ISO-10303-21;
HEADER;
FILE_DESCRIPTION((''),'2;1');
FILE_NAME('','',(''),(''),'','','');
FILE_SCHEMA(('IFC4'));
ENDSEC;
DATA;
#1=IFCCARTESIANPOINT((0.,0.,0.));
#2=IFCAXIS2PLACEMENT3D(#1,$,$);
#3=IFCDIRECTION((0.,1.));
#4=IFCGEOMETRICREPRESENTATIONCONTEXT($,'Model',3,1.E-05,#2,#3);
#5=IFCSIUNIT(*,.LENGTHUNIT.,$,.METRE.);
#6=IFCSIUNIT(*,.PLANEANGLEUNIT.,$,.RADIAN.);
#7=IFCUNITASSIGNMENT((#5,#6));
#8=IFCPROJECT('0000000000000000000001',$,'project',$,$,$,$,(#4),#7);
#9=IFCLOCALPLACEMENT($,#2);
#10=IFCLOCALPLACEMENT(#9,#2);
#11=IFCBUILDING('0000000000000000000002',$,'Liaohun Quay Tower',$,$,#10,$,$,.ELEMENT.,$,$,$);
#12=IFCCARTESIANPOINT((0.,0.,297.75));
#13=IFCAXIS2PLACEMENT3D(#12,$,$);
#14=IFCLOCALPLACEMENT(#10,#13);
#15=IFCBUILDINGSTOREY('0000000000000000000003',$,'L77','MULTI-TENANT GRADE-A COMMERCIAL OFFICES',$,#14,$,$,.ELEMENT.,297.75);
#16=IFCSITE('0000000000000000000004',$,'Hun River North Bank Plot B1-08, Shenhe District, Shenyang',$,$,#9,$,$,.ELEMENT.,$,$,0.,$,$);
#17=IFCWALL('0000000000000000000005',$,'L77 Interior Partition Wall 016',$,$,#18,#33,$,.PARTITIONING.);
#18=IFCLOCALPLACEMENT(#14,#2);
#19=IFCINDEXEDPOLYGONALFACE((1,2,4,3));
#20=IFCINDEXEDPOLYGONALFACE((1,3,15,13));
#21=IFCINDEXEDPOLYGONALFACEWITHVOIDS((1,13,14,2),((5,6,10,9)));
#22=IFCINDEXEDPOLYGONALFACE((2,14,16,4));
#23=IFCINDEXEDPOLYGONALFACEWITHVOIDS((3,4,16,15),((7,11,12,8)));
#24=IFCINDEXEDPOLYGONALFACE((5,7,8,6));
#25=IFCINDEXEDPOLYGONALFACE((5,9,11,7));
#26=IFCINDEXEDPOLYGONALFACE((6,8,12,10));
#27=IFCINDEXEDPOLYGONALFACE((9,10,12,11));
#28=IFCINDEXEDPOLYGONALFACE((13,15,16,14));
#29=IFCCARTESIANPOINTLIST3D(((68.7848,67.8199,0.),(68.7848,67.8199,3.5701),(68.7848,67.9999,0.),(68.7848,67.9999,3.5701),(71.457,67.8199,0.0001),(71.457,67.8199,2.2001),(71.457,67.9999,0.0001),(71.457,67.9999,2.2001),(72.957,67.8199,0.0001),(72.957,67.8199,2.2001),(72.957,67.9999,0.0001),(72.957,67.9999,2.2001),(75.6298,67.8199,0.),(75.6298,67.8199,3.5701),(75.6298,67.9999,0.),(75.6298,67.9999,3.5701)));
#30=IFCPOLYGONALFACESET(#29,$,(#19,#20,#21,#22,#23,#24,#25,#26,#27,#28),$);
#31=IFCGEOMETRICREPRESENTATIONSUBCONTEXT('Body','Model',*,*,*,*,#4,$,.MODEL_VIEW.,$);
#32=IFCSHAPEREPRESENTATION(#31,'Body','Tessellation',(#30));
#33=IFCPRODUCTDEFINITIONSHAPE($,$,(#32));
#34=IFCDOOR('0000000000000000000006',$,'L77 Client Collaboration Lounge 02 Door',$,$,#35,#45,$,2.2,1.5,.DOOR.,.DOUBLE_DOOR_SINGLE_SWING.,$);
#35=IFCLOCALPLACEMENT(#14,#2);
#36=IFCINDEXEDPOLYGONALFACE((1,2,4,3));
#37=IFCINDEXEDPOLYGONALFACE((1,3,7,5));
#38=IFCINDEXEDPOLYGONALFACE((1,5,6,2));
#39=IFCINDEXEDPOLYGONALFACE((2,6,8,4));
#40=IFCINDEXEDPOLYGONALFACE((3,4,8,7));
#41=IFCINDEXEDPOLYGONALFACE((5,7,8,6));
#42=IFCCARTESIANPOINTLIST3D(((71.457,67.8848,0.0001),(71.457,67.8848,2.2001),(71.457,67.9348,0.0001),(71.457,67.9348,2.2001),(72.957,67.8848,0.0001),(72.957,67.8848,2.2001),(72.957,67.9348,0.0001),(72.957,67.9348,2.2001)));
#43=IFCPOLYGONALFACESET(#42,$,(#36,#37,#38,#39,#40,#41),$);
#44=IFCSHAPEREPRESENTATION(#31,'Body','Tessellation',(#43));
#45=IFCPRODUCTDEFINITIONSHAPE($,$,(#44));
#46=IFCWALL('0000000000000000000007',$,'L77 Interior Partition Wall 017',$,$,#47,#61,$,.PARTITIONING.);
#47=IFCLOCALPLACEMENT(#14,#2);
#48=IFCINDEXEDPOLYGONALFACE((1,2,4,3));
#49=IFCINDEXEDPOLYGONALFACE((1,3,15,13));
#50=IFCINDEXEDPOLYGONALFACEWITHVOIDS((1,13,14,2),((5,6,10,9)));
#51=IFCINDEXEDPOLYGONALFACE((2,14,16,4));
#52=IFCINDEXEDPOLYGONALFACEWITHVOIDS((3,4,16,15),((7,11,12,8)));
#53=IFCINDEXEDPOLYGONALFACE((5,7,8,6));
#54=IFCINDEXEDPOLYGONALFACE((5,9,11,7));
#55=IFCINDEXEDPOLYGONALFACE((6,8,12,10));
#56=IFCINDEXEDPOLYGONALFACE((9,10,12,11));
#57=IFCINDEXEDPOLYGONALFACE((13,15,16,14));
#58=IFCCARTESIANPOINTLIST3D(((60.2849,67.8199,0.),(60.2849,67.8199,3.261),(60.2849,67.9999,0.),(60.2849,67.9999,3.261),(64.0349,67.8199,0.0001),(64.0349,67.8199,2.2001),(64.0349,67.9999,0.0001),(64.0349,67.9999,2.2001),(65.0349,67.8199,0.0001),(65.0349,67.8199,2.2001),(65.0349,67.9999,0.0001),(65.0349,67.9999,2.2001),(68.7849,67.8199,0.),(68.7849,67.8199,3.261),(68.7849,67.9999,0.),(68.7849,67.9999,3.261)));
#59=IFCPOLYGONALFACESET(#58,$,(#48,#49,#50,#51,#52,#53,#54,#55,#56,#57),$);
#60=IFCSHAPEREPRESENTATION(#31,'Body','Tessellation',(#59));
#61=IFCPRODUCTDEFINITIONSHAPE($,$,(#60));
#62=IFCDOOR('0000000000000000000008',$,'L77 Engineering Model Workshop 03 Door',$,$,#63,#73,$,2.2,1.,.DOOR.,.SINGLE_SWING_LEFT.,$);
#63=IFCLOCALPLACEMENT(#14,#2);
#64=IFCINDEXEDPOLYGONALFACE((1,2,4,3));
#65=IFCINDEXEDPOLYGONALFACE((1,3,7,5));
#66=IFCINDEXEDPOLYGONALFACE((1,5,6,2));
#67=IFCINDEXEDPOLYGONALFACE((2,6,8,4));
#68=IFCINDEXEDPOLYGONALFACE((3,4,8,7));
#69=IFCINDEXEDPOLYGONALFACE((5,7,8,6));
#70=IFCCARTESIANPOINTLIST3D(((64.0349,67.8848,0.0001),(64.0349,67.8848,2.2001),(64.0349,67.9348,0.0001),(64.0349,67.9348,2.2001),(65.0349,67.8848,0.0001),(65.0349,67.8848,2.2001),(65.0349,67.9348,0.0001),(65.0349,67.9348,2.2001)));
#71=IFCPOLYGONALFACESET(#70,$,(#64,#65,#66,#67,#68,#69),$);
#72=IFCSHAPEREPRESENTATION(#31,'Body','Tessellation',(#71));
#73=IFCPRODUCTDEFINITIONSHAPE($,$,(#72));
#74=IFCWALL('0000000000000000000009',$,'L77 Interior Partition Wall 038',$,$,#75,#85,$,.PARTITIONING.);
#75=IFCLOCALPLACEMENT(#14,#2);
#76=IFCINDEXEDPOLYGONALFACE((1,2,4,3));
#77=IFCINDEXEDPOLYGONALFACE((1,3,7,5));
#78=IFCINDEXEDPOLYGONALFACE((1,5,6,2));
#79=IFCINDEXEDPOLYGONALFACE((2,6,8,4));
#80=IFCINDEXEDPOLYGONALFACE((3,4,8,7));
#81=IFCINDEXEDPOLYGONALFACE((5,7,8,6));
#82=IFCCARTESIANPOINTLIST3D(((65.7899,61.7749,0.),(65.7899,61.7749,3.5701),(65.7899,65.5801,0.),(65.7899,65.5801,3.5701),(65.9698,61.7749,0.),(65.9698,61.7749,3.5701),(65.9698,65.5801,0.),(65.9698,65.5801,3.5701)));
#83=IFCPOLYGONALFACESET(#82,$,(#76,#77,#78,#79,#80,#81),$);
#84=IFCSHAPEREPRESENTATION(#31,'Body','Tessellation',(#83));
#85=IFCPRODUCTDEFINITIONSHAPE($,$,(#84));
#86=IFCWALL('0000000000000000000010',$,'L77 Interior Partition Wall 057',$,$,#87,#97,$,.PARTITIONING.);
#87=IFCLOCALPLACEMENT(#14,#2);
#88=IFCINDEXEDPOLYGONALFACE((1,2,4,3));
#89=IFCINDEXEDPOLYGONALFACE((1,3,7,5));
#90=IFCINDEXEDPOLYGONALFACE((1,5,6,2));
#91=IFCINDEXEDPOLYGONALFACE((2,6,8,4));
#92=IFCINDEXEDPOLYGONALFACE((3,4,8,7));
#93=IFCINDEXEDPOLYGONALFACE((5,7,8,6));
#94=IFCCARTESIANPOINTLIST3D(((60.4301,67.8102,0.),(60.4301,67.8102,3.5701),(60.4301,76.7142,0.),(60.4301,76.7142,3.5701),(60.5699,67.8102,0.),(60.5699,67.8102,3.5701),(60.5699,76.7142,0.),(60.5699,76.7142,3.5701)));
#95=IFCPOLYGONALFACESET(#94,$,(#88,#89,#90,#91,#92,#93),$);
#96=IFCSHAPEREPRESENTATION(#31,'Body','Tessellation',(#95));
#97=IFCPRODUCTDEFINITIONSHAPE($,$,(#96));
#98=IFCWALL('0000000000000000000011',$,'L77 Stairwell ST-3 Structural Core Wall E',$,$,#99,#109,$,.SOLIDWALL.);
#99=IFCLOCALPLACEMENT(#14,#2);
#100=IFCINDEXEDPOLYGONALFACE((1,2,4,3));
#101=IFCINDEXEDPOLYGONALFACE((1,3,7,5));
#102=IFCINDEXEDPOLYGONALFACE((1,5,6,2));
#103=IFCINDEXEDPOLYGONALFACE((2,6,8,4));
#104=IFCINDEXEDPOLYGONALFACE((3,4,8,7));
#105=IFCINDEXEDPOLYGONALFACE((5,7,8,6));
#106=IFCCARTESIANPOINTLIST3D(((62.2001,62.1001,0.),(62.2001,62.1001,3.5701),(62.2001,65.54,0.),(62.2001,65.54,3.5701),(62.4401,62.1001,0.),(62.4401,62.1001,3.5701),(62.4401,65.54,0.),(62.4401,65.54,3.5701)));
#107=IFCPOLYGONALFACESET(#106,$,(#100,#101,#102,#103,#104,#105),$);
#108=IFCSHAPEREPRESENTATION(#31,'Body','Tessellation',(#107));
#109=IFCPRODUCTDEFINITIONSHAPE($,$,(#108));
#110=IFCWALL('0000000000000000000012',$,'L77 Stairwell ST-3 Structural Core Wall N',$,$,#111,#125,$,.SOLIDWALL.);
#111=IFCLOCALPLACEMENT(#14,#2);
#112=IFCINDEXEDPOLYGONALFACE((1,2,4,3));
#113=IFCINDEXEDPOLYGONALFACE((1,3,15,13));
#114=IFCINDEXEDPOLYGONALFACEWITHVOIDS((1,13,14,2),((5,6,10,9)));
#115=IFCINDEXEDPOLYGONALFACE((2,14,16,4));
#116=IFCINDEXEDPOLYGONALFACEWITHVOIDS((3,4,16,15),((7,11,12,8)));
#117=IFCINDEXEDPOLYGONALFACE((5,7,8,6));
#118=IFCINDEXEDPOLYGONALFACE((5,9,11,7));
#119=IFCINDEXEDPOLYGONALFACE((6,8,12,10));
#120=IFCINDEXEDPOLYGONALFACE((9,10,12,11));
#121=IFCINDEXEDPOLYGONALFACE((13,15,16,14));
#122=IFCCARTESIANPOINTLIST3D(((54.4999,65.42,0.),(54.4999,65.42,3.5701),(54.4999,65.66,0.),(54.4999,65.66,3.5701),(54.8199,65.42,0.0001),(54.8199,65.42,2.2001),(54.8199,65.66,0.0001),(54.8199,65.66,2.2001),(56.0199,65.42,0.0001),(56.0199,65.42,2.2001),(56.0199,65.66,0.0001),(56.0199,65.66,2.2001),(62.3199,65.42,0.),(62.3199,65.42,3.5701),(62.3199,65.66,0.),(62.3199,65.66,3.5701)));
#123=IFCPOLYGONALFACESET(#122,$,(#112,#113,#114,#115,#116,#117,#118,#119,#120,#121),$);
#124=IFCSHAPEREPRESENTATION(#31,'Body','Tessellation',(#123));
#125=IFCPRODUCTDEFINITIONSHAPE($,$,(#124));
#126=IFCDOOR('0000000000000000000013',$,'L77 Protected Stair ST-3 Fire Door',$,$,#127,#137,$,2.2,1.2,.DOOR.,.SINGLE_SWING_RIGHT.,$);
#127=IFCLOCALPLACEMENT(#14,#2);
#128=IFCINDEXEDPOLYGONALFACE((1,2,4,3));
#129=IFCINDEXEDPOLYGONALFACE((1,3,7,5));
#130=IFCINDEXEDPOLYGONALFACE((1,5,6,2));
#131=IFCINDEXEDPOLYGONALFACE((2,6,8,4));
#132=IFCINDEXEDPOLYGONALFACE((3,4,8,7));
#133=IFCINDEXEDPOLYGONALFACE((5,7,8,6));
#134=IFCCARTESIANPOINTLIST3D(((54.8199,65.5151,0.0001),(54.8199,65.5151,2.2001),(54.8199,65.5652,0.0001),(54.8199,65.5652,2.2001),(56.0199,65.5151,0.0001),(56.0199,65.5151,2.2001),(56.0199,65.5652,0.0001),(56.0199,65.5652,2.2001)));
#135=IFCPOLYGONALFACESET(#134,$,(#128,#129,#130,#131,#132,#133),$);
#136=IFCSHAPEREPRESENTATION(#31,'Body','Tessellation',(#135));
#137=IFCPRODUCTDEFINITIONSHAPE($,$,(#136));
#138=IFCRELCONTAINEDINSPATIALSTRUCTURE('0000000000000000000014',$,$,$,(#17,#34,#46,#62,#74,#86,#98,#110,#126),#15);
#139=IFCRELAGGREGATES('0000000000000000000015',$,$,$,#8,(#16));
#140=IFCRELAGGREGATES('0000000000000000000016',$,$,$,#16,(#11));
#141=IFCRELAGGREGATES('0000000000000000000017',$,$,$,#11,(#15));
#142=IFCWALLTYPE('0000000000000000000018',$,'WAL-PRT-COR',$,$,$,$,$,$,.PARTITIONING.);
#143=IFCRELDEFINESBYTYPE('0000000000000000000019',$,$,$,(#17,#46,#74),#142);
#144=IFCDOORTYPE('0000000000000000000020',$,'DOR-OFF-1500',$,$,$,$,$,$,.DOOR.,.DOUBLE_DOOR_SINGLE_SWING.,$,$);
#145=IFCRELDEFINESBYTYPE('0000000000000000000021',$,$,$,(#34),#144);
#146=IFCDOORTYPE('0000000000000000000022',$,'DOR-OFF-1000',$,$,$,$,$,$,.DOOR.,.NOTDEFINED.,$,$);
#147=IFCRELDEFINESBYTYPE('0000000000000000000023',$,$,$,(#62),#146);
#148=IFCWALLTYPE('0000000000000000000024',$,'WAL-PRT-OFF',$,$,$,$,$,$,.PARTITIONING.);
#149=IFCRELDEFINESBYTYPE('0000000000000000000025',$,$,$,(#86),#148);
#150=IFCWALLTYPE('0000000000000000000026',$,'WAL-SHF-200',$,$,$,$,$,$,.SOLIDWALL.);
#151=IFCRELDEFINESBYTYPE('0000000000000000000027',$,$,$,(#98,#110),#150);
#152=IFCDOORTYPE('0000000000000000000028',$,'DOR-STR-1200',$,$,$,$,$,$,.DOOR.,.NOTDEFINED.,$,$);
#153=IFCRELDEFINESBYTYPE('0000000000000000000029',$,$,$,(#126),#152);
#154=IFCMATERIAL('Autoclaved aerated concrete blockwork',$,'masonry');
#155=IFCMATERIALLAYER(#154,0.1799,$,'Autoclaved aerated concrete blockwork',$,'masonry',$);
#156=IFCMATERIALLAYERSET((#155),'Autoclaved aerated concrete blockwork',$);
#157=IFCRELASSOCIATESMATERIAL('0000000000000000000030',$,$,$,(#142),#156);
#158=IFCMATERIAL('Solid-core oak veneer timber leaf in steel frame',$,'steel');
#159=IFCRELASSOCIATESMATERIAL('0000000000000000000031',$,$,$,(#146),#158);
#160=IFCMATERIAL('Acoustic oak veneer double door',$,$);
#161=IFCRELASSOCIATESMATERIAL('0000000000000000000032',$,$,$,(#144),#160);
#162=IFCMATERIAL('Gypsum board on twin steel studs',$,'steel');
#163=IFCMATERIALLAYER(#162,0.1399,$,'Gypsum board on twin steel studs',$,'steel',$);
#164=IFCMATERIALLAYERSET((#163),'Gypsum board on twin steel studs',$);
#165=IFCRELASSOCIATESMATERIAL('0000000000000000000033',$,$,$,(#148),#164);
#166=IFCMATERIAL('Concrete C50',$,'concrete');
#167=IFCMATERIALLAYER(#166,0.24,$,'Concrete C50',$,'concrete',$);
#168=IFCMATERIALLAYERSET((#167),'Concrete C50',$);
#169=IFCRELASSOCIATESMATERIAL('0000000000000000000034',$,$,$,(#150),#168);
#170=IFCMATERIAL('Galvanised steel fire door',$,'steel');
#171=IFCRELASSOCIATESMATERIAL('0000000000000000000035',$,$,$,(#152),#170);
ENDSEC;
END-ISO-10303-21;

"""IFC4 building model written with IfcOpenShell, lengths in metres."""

from ifc_helpers import new_model, si_unit, direction, frame, frame_2d, origin, place, context, subcontext, project, spatial, rectangle, extrude, source, transform, mapped, material, layer, layer_set, type_object, element, fill, save


model = new_model("IFC4")

# Units and contexts
model_context = context("Model", 3, precision=1e-05, world=origin(), true_north=direction((0.0, 1.0)))
body_context = subcontext(model_context, "Body", "Model", "MODEL_VIEW")
ifc_project = project(units=[si_unit("LENGTHUNIT", "METRE"), si_unit("PLANEANGLEUNIT", "RADIAN")], contexts=[model_context])

# Site, building, storey
site_placement = place(None, origin())
site = spatial("IfcSite", under=ifc_project, at=site_placement, Name="Hun River North Bank Plot B1-08, Shenhe District, Shenyang", CompositionType="ELEMENT", RefElevation=0.0)
building_placement = place(site_placement, origin())
building = spatial("IfcBuilding", under=site, at=building_placement, Name="Liaohun Quay Tower", CompositionType="ELEMENT")
storey_placement = place(building_placement, frame((0.0, 0.0, 297.75)))
storey = spatial("IfcBuildingStorey", under=building, at=storey_placement, Name="L77", Description="MULTI-TENANT GRADE-A COMMERCIAL OFFICES", CompositionType="ELEMENT", Elevation=297.75)

# Shared definitions
ifc_material_1 = material(Name="Concrete C50", Category="concrete")

# Walls, openings, doors
ifc_material_2 = material(Name="Autoclaved aerated concrete blockwork", Category="masonry")
ifc_layer_1 = layer(ifc_material_2, 0.1799, Name="Autoclaved aerated concrete blockwork", Category="masonry")
ifc_layer_set_1 = layer_set([ifc_layer_1], Name="Autoclaved aerated concrete blockwork")
wall_type_1 = type_object("IfcWallType", Name="WAL-PRT-COR", PredefinedType="PARTITIONING", material=ifc_layer_set_1)
shared_shape_1 = source(origin(), body_context, "Body", "SweptSolid", [
    extrude(rectangle(XDim=1.0, YDim=2.2, at=frame_2d((0.5, 1.1001))), frame((0.0, 0.0999, 0.0), z_axis=(0.0, -1.0, 0.0), x_axis=(1.0, 0.0, 0.0)), (0.0, 0.0, 1.0), 0.2),
])
ifc_material_3 = material(Name="Solid-core oak veneer timber leaf in steel frame", Category="steel")
door_type_1 = type_object("IfcDoorType", Name="DOR-OFF-1000", OperationType="NOTDEFINED", PredefinedType="DOOR", material=ifc_material_3)
shared_shape_2 = source(origin(), body_context, "Body", "SweptSolid", [
    extrude(rectangle(XDim=1.0, YDim=2.2, at=frame_2d((0.5, 1.1001))), frame((0.0, 0.0249, 0.0), z_axis=(0.0, -1.0, 0.0), x_axis=(1.0, 0.0, 0.0)), (0.0, 0.0, 1.0), 0.05),
])
wall_1_placement = place(storey_placement, frame((68.7849, 67.9099, 0.0), z_axis=(0.0, 0.0, 1.0), x_axis=(1.0, 0.0, 0.0)))
wall_1 = element("IfcWall", 1, at=wall_1_placement, inside=storey, type_object=wall_type_1, Name="L77 Interior Partition Wall 016", PredefinedType="PARTITIONING", context=body_context, shape_type="SweptSolid", body=[
    extrude(rectangle(XDim=6.845, YDim=0.1799, at=frame_2d((3.4224, 0.0))), origin(), (0.0, 0.0, 1.0), 3.5701),
])
shared_shape_3 = source(origin(), body_context, "Body", "SweptSolid", [
    extrude(rectangle(XDim=1.5, YDim=2.2, at=frame_2d((0.75, 1.1001))), frame((0.0, 0.0999, 0.0), z_axis=(0.0, -1.0, 0.0), x_axis=(1.0, 0.0, 0.0)), (0.0, 0.0, 1.0), 0.2),
])
opening_1_placement = place(wall_1_placement, frame((2.6721, 0.0, 0.0)))
opening_1 = element("IfcOpeningElement", 2, at=opening_1_placement, cuts=wall_1, PredefinedType="OPENING", context=body_context, shape_type="MappedRepresentation", body=[
    mapped(shared_shape_3, transform((0.0, 0.0, 0.0), x_axis=(1.0, 0.0, 0.0), y_axis=(0.0, 1.0, 0.0), z_axis=(0.0, 0.0, 1.0), scale=1.0)),
])
ifc_material_4 = material(Name="Acoustic oak veneer double door")
door_type_2 = type_object("IfcDoorType", Name="DOR-OFF-1500", OperationType="DOUBLE_DOOR_SINGLE_SWING", PredefinedType="DOOR", material=ifc_material_4)
shared_shape_4 = source(origin(), body_context, "Body", "SweptSolid", [
    extrude(rectangle(XDim=1.5, YDim=2.2, at=frame_2d((0.75, 1.1001))), frame((0.0, 0.0249, 0.0), z_axis=(0.0, -1.0, 0.0), x_axis=(1.0, 0.0, 0.0)), (0.0, 0.0, 1.0), 0.05),
])
door_1_placement = place(opening_1_placement, origin())
door_1 = element("IfcDoor", 3, at=door_1_placement, inside=storey, type_object=door_type_2, Name="L77 Client Collaboration Lounge 02 Door", OperationType="DOUBLE_DOOR_SINGLE_SWING", OverallHeight=2.2, OverallWidth=1.5, PredefinedType="DOOR", context=body_context, shape_type="MappedRepresentation", body=[
    mapped(shared_shape_4, transform((0.0, 0.0, 0.0), x_axis=(1.0, 0.0, 0.0), y_axis=(0.0, 1.0, 0.0), z_axis=(0.0, 0.0, 1.0), scale=1.0)),
])
fill(opening_1, door_1)
wall_2_placement = place(storey_placement, frame((60.2849, 67.9099, 0.0), z_axis=(0.0, 0.0, 1.0), x_axis=(1.0, 0.0, 0.0)))
wall_2 = element("IfcWall", 4, at=wall_2_placement, inside=storey, type_object=wall_type_1, Name="L77 Interior Partition Wall 017", PredefinedType="PARTITIONING", context=body_context, shape_type="SweptSolid", body=[
    extrude(rectangle(XDim=8.5, YDim=0.1799, at=frame_2d((4.25, 0.0))), origin(), (0.0, 0.0, 1.0), 3.261),
])
opening_2_placement = place(wall_2_placement, frame((3.75, 0.0, 0.0)))
opening_2 = element("IfcOpeningElement", 5, at=opening_2_placement, cuts=wall_2, PredefinedType="OPENING", context=body_context, shape_type="MappedRepresentation", body=[
    mapped(shared_shape_1, transform((0.0, 0.0, 0.0), x_axis=(1.0, 0.0, 0.0), y_axis=(0.0, 1.0, 0.0), z_axis=(0.0, 0.0, 1.0), scale=1.0)),
])
door_2_placement = place(opening_2_placement, origin())
door_2 = element("IfcDoor", 6, at=door_2_placement, inside=storey, type_object=door_type_1, Name="L77 Engineering Model Workshop 03 Door", OperationType="SINGLE_SWING_LEFT", OverallHeight=2.2, OverallWidth=1.0, PredefinedType="DOOR", context=body_context, shape_type="MappedRepresentation", body=[
    mapped(shared_shape_2, transform((0.0, 0.0, 0.0), x_axis=(1.0, 0.0, 0.0), y_axis=(0.0, 1.0, 0.0), z_axis=(0.0, 0.0, 1.0), scale=1.0)),
])
fill(opening_2, door_2)

# Walls
wall_3_placement = place(storey_placement, frame((65.8799, 61.7749, 0.0), z_axis=(0.0, 0.0, 1.0), x_axis=(0.0, 1.0, 0.0)))
element("IfcWall", 7, at=wall_3_placement, inside=storey, type_object=wall_type_1, Name="L77 Interior Partition Wall 038", PredefinedType="PARTITIONING", context=body_context, shape_type="SweptSolid", body=[
    extrude(rectangle(XDim=3.8052, YDim=0.1799, at=frame_2d((1.9026, 0.0))), origin(), (0.0, 0.0, 1.0), 3.5701),
])
ifc_material_5 = material(Name="Gypsum board on twin steel studs", Category="steel")
ifc_layer_2 = layer(ifc_material_5, 0.1399, Name="Gypsum board on twin steel studs", Category="steel")
ifc_layer_set_2 = layer_set([ifc_layer_2], Name="Gypsum board on twin steel studs")
wall_type_2 = type_object("IfcWallType", Name="WAL-PRT-OFF", PredefinedType="PARTITIONING", material=ifc_layer_set_2)
wall_4_placement = place(storey_placement, frame((60.5, 67.8101, 0.0), z_axis=(0.0, 0.0, 1.0), x_axis=(0.0, 1.0, 0.0)))
element("IfcWall", 8, at=wall_4_placement, inside=storey, type_object=wall_type_2, Name="L77 Interior Partition Wall 057", PredefinedType="PARTITIONING", context=body_context, shape_type="SweptSolid", body=[
    extrude(rectangle(XDim=8.9041, YDim=0.1399, at=frame_2d((4.4521, 0.0))), origin(), (0.0, 0.0, 1.0), 3.5701),
])
ifc_layer_3 = layer(ifc_material_1, 0.24, Name="Concrete C50", Category="concrete")
ifc_layer_set_3 = layer_set([ifc_layer_3], Name="Concrete C50")
wall_type_3 = type_object("IfcWallType", Name="WAL-SHF-200", PredefinedType="SOLIDWALL", material=ifc_layer_set_3)
wall_5_placement = place(storey_placement, frame((62.3201, 62.1001, 0.0), z_axis=(0.0, 0.0, 1.0), x_axis=(0.0, 1.0, 0.0)))
element("IfcWall", 9, at=wall_5_placement, inside=storey, type_object=wall_type_3, Name="L77 Stairwell ST-3 Structural Core Wall E", PredefinedType="SOLIDWALL", context=body_context, shape_type="SweptSolid", body=[
    extrude(rectangle(XDim=3.4399, YDim=0.24, at=frame_2d((1.72, 0.0))), origin(), (0.0, 0.0, 1.0), 3.5701),
])

# Wall, opening, door
wall_6_placement = place(storey_placement, frame((62.3201, 65.54, 0.0), z_axis=(0.0, 0.0, 1.0), x_axis=(-1.0, 0.0, 0.0)))
wall_6 = element("IfcWall", 10, at=wall_6_placement, inside=storey, type_object=wall_type_3, Name="L77 Stairwell ST-3 Structural Core Wall N", PredefinedType="SOLIDWALL", context=body_context, shape_type="SweptSolid", body=[
    extrude(rectangle(XDim=7.8201, YDim=0.24, at=frame_2d((3.9102, 0.0))), origin(), (0.0, 0.0, 1.0), 3.5701),
])
shared_shape_5 = source(origin(), body_context, "Body", "SweptSolid", [
    extrude(rectangle(XDim=1.2, YDim=2.2, at=frame_2d((0.6001, 1.1001))), frame((0.0, 0.1299, 0.0), z_axis=(0.0, -1.0, 0.0), x_axis=(1.0, 0.0, 0.0)), (0.0, 0.0, 1.0), 0.26),
])
opening_3_placement = place(wall_6_placement, frame((6.3, 0.0, 0.0)))
opening_3 = element("IfcOpeningElement", 11, at=opening_3_placement, cuts=wall_6, PredefinedType="OPENING", context=body_context, shape_type="MappedRepresentation", body=[
    mapped(shared_shape_5, transform((0.0, 0.0, 0.0), x_axis=(1.0, 0.0, 0.0), y_axis=(0.0, 1.0, 0.0), z_axis=(0.0, 0.0, 1.0), scale=1.0)),
])
ifc_material_6 = material(Name="Galvanised steel fire door", Category="steel")
door_type_3 = type_object("IfcDoorType", Name="DOR-STR-1200", OperationType="NOTDEFINED", PredefinedType="DOOR", material=ifc_material_6)
shared_shape_6 = source(origin(), body_context, "Body", "SweptSolid", [
    extrude(rectangle(XDim=1.2, YDim=2.2, at=frame_2d((0.6001, 1.1001))), frame((0.0, 0.0249, 0.0), z_axis=(0.0, -1.0, 0.0), x_axis=(1.0, 0.0, 0.0)), (0.0, 0.0, 1.0), 0.05),
])
door_3_placement = place(opening_3_placement, origin())
door_3 = element("IfcDoor", 12, at=door_3_placement, inside=storey, type_object=door_type_3, Name="L77 Protected Stair ST-3 Fire Door", OperationType="SINGLE_SWING_RIGHT", OverallHeight=2.2, OverallWidth=1.2, PredefinedType="DOOR", context=body_context, shape_type="MappedRepresentation", body=[
    mapped(shared_shape_6, transform((0.0, 0.0, 0.0), x_axis=(1.0, 0.0, 0.0), y_axis=(0.0, 1.0, 0.0), z_axis=(0.0, 0.0, 1.0), scale=1.0)),
])
fill(opening_3, door_3)

save(model, "model.ifc")
